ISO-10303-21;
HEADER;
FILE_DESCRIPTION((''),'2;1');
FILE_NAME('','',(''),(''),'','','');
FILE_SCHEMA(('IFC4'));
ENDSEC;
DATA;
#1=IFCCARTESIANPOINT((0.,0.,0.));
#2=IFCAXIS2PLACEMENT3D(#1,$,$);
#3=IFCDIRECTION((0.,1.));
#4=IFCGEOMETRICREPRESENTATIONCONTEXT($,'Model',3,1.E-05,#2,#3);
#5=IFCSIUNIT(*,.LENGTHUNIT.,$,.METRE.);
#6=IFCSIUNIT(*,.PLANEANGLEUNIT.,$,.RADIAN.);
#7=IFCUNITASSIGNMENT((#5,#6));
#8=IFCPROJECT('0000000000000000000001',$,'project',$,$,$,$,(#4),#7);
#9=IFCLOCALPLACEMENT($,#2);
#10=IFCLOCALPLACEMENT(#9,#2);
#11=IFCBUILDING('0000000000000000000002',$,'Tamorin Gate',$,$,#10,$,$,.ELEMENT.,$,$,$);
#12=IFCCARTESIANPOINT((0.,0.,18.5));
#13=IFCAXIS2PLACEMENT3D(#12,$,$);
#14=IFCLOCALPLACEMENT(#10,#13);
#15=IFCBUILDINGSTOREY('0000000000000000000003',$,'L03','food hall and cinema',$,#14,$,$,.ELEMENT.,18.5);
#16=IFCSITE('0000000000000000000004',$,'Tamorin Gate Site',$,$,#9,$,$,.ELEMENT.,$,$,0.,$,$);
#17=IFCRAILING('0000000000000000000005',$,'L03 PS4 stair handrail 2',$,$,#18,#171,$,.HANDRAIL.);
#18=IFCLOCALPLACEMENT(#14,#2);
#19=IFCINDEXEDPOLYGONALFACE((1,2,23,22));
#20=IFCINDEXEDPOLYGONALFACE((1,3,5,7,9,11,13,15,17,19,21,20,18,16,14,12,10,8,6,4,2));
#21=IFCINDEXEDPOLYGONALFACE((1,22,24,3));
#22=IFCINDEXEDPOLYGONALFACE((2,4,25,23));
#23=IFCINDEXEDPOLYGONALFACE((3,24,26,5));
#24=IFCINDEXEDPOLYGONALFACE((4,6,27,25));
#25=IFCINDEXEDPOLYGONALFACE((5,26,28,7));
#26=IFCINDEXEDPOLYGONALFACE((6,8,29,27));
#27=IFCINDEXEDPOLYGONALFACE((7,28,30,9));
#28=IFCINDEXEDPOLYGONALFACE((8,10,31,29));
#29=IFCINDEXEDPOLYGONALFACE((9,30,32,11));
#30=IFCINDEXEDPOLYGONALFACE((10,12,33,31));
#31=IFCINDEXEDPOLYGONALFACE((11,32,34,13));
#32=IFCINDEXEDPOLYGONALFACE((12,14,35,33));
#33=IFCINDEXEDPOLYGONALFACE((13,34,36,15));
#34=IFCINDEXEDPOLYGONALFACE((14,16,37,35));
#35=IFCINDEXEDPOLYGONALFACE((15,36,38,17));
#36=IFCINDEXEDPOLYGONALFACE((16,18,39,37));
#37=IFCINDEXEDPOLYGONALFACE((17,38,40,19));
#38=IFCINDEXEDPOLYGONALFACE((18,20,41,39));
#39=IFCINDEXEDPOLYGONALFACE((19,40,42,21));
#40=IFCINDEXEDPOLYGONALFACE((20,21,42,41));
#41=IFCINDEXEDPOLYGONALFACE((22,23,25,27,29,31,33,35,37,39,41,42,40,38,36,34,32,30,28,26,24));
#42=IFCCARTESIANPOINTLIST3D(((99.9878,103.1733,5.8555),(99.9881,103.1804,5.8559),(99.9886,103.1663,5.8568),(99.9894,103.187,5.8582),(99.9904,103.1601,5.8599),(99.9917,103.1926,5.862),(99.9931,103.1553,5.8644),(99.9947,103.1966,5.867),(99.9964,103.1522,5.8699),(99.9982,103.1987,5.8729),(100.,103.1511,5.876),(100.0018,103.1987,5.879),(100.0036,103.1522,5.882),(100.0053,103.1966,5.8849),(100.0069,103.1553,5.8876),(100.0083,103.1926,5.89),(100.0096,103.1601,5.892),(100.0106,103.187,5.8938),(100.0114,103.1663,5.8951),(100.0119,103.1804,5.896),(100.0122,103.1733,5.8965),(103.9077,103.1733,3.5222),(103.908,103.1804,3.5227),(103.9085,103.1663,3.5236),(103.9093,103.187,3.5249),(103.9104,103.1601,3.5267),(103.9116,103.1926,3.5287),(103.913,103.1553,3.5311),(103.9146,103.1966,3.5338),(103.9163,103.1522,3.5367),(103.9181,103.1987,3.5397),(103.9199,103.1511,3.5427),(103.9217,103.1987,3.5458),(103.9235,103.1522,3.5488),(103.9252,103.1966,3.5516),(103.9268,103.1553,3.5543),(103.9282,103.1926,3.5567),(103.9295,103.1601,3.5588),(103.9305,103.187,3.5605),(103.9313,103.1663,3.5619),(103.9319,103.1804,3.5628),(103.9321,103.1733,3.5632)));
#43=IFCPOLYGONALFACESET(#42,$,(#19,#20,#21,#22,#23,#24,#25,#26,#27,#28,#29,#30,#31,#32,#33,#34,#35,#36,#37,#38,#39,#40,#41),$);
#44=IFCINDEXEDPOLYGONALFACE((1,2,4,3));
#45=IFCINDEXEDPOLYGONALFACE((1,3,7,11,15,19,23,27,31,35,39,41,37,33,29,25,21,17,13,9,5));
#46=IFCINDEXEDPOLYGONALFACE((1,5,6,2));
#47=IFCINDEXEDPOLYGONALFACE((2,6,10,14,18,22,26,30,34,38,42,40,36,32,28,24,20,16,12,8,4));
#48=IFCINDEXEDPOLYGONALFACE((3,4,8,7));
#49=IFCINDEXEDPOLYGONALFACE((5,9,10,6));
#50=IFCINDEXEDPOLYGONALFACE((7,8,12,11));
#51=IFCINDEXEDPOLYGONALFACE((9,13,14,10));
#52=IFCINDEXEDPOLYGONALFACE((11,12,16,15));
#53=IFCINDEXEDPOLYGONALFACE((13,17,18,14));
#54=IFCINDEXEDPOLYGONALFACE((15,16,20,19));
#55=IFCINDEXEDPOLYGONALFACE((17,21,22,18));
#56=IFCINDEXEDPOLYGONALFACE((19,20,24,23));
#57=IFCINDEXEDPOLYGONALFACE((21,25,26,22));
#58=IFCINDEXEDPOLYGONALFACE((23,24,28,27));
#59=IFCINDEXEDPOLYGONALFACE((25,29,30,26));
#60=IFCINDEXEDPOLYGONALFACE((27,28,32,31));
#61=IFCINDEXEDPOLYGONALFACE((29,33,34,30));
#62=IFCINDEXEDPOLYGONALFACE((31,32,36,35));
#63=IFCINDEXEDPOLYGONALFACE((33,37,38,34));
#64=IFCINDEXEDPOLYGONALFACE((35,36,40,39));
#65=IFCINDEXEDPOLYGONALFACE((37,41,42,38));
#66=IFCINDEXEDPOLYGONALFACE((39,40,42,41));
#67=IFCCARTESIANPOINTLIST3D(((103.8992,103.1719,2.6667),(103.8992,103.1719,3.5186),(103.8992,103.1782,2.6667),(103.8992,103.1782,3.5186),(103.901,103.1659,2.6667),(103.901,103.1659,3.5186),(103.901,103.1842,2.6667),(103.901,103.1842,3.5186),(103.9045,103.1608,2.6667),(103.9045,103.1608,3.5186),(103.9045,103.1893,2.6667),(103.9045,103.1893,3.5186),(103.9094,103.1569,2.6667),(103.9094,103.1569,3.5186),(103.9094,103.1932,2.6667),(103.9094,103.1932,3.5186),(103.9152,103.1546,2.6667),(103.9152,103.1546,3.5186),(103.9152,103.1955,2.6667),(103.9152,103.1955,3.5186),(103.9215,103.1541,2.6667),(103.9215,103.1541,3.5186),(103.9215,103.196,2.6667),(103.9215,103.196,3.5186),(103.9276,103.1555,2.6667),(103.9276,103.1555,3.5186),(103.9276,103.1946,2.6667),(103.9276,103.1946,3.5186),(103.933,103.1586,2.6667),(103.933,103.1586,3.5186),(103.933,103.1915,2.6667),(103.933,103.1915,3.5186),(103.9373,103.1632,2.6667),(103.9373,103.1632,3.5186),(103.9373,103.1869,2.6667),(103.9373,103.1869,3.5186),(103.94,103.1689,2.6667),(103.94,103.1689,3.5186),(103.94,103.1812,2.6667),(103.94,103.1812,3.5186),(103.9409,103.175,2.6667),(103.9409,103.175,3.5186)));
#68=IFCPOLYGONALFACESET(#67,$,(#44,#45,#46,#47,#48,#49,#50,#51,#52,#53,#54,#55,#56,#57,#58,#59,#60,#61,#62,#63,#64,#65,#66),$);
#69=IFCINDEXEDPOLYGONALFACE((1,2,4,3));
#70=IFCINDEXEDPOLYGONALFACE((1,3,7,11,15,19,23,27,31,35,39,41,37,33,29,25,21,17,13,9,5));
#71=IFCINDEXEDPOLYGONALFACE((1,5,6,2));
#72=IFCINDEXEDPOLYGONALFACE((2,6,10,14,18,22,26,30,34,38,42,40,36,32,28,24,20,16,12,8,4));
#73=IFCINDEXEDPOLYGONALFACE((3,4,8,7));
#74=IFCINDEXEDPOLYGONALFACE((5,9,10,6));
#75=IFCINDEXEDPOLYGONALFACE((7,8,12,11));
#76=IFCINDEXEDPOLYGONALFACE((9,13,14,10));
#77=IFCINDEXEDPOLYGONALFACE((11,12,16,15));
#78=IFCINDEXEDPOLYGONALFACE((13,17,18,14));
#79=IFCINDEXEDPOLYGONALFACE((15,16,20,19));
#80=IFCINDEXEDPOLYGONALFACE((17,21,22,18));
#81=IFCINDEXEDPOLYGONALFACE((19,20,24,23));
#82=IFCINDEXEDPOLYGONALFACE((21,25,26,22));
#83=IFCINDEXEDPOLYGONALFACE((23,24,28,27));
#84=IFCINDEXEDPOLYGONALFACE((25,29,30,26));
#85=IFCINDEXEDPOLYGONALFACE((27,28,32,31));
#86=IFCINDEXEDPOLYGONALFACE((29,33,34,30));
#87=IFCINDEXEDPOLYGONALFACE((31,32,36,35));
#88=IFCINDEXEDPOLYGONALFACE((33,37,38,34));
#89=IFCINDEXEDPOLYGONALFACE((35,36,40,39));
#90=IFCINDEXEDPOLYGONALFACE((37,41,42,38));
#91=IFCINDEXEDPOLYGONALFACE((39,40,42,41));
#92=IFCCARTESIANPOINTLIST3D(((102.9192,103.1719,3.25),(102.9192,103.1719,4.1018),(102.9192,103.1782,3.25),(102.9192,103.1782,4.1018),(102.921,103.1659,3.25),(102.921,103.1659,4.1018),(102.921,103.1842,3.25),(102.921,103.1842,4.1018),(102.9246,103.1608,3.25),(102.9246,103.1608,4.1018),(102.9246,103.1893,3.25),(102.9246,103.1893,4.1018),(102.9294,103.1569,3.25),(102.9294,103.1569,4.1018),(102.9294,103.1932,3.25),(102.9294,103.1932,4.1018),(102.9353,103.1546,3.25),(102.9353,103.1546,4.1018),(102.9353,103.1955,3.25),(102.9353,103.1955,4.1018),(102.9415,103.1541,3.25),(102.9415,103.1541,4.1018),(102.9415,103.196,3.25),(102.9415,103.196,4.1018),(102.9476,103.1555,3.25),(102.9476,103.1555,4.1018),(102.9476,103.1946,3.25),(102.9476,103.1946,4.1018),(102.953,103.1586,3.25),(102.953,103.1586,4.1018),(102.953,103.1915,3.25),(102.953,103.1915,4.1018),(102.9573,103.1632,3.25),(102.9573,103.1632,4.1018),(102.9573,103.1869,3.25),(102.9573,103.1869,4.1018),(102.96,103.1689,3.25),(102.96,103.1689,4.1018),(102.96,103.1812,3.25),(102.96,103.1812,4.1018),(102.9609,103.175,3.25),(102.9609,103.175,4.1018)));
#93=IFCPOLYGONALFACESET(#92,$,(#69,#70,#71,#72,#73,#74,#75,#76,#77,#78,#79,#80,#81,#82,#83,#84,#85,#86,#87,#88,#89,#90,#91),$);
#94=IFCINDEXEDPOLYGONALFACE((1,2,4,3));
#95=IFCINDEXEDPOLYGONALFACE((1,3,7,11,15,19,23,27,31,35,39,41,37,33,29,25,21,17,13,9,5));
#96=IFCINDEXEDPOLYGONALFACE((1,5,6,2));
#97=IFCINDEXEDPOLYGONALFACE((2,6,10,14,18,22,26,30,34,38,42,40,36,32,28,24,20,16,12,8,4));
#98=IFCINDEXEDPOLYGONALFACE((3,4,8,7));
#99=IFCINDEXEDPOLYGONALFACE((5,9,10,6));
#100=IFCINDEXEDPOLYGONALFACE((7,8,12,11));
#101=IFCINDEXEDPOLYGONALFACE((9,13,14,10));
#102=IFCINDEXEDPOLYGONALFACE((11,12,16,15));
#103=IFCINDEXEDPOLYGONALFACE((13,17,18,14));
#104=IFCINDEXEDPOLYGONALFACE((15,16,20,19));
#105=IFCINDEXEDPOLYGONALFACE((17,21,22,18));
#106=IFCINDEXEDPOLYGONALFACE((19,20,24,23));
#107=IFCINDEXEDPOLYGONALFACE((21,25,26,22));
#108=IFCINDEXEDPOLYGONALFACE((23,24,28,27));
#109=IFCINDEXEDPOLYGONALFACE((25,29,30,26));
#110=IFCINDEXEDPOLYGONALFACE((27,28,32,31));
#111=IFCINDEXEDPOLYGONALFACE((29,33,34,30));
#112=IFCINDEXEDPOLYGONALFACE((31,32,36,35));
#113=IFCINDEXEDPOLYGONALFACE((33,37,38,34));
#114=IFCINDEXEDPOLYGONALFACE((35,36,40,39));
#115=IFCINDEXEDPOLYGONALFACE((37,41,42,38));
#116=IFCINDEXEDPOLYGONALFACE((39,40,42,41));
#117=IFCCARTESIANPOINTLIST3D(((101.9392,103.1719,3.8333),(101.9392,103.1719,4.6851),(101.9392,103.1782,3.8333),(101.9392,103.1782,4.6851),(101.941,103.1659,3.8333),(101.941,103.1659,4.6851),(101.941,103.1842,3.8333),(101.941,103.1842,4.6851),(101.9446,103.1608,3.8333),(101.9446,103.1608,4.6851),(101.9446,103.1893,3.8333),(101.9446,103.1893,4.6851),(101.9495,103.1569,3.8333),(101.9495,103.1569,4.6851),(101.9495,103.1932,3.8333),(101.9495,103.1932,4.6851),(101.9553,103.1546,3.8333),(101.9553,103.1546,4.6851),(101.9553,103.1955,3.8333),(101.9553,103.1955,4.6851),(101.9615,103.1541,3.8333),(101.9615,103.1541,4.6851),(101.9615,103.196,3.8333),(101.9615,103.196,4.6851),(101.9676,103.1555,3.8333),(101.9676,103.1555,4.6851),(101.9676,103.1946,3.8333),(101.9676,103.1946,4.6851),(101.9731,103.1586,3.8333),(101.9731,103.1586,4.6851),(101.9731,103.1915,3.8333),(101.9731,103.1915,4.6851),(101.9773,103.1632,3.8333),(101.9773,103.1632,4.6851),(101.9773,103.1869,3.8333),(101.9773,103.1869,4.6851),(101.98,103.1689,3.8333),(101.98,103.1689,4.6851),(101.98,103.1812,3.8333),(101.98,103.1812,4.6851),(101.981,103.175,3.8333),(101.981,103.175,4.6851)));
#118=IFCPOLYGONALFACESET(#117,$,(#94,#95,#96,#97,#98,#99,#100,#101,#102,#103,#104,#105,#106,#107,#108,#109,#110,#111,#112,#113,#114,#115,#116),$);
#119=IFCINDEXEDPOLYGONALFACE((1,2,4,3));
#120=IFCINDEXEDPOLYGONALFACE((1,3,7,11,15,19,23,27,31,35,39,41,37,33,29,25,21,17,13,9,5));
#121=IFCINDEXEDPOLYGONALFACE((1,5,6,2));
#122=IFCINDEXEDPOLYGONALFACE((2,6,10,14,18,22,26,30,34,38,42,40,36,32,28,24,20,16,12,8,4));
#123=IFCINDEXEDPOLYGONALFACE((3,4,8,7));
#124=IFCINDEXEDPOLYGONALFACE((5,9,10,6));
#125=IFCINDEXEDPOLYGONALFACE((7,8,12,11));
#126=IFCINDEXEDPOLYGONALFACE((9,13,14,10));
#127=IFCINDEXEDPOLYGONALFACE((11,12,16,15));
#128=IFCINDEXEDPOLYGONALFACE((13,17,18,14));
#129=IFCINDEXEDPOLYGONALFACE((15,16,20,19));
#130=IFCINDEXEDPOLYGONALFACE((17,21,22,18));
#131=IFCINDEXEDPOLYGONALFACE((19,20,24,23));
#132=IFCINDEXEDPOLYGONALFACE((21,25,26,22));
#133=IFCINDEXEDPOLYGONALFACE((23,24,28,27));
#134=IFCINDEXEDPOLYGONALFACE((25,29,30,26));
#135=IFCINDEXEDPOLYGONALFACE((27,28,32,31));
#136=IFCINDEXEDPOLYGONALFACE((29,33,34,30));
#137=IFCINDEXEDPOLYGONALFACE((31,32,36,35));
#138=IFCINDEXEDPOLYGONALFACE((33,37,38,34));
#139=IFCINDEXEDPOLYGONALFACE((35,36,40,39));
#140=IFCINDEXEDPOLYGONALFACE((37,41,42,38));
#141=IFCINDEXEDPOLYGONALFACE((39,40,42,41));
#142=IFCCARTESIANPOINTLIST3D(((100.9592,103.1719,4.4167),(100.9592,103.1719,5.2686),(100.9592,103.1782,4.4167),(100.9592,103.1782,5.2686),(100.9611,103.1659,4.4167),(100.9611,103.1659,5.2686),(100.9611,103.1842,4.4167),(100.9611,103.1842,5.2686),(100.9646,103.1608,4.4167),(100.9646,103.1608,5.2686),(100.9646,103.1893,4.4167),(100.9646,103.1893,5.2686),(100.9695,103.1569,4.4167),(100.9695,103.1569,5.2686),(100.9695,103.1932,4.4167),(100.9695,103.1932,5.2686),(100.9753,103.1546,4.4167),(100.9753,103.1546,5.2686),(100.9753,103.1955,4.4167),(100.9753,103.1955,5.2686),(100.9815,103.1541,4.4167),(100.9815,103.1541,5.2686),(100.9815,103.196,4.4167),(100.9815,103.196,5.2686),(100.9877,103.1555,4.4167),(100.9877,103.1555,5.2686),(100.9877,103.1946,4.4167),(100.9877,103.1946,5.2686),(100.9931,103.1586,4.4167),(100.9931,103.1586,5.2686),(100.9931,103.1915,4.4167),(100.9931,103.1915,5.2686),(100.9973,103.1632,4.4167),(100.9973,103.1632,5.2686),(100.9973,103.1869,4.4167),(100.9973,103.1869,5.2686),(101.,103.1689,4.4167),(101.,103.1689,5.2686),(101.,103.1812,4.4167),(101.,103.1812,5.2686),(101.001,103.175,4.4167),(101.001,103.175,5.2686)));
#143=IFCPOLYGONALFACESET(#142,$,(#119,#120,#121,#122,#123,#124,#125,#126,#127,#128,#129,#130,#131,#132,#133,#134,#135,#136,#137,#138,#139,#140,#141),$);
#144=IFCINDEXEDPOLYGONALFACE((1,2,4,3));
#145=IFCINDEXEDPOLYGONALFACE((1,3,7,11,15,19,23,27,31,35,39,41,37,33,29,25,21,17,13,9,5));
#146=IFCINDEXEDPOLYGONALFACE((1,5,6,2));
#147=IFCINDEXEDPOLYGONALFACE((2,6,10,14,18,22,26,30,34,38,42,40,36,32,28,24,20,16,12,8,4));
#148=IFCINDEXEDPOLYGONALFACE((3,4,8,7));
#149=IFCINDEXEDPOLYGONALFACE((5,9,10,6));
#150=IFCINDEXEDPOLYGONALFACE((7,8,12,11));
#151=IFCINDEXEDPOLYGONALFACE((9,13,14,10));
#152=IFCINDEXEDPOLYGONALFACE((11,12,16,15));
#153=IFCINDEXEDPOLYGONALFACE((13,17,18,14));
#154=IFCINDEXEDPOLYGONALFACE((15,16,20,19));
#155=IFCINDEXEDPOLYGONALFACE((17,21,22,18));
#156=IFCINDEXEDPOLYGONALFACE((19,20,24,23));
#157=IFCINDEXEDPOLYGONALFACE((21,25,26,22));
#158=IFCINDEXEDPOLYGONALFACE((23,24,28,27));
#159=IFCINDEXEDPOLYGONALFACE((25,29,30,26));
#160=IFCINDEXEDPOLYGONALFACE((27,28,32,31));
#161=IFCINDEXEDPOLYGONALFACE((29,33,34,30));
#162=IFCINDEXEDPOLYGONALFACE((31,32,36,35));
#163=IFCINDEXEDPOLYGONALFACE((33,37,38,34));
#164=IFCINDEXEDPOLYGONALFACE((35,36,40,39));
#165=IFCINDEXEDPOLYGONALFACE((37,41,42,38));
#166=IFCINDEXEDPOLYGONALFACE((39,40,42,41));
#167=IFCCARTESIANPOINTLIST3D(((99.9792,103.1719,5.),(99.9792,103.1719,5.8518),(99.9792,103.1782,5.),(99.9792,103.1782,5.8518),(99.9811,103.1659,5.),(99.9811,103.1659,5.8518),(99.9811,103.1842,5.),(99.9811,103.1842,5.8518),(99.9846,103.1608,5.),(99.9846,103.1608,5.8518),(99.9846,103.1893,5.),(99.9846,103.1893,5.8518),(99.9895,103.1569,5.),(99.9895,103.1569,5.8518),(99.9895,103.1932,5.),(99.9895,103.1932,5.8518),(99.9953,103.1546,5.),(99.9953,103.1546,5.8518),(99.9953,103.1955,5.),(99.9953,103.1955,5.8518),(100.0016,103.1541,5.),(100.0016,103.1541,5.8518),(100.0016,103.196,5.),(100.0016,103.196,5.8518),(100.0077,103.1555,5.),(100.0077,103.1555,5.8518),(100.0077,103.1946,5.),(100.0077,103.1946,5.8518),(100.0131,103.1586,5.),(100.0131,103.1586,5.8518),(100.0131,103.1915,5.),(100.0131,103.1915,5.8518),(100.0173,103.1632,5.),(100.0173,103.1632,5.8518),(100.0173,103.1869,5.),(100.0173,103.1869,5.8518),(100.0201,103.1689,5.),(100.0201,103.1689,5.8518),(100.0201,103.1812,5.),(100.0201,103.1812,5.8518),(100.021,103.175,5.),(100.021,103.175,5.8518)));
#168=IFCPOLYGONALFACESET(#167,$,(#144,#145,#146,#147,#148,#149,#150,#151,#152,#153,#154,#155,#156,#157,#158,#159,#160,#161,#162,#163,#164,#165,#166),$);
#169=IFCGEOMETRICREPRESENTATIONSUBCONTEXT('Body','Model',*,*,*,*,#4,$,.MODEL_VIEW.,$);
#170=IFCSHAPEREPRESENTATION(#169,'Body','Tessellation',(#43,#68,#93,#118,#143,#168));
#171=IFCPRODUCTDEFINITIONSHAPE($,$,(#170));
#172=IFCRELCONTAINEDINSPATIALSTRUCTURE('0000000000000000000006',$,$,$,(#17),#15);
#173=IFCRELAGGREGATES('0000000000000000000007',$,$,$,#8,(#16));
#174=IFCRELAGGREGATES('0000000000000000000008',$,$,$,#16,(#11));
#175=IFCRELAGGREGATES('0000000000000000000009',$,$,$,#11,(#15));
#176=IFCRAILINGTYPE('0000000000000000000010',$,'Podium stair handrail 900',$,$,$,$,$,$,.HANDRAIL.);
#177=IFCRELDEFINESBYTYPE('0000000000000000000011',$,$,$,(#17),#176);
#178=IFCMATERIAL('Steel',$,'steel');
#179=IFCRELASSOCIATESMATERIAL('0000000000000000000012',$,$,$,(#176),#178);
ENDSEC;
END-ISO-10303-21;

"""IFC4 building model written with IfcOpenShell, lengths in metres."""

from ifc_helpers import new_model, si_unit, direction, frame, origin, origin_2d, place, context, subcontext, project, spatial, circle, extrude, material, type_object, element, save


model = new_model("IFC4")

# Units and contexts
model_context = context("Model", 3, precision=1e-05, world=origin(), true_north=direction((0.0, 1.0)))
body_context = subcontext(model_context, "Body", "Model", "MODEL_VIEW")
ifc_project = project(units=[si_unit("LENGTHUNIT", "METRE"), si_unit("PLANEANGLEUNIT", "RADIAN")], contexts=[model_context])

# Site, building, storey
site_placement = place(None, origin())
site = spatial("IfcSite", under=ifc_project, at=site_placement, Name="Tamorin Gate Site", CompositionType="ELEMENT", RefElevation=0.0)
building_placement = place(site_placement, origin())
building = spatial("IfcBuilding", under=site, at=building_placement, Name="Tamorin Gate", CompositionType="ELEMENT")
storey_placement = place(building_placement, frame((0.0, 0.0, 18.5)))
storey = spatial("IfcBuildingStorey", under=building, at=storey_placement, Name="L03", Description="food hall and cinema", CompositionType="ELEMENT", Elevation=18.5)

# Railing
ifc_material_1 = material(Name="Steel", Category="steel")
railing_type_1 = type_object("IfcRailingType", Name="Podium stair handrail 900", PredefinedType="HANDRAIL", material=ifc_material_1)
railing_1_placement = place(storey_placement, frame((103.9199, 103.175, 2.6667)))
element("IfcRailing", 1, at=railing_1_placement, inside=storey, type_object=railing_type_1, Name="L03 PS4 stair handrail 2", PredefinedType="HANDRAIL", context=body_context, shape_type="SweptSolid", body=[
    extrude(circle(Radius=0.0239, at=origin_2d()), frame((0.0, 0.0, 0.876), z_axis=(-0.859296, 0.0, 0.511478), x_axis=(0.0, -1.0, 0.0)), (0.0, 0.0, 1.0), 4.5618),
    extrude(circle(Radius=0.021, at=origin_2d()), origin(), (0.0, 0.0, 1.0), 0.8518),
    extrude(circle(Radius=0.021, at=origin_2d()), frame((-0.98, 0.0, 0.5833)), (0.0, 0.0, 1.0), 0.8518),
    extrude(circle(Radius=0.021, at=origin_2d()), frame((-1.96, 0.0, 1.1665)), (0.0, 0.0, 1.0), 0.8518),
    extrude(circle(Radius=0.021, at=origin_2d()), frame((-2.9399, 0.0, 1.75)), (0.0, 0.0, 1.0), 0.8518),
    extrude(circle(Radius=0.021, at=origin_2d()), frame((-3.9199, 0.0, 2.3333)), (0.0, 0.0, 1.0), 0.8518),
])

save(model, "model.ifc")
